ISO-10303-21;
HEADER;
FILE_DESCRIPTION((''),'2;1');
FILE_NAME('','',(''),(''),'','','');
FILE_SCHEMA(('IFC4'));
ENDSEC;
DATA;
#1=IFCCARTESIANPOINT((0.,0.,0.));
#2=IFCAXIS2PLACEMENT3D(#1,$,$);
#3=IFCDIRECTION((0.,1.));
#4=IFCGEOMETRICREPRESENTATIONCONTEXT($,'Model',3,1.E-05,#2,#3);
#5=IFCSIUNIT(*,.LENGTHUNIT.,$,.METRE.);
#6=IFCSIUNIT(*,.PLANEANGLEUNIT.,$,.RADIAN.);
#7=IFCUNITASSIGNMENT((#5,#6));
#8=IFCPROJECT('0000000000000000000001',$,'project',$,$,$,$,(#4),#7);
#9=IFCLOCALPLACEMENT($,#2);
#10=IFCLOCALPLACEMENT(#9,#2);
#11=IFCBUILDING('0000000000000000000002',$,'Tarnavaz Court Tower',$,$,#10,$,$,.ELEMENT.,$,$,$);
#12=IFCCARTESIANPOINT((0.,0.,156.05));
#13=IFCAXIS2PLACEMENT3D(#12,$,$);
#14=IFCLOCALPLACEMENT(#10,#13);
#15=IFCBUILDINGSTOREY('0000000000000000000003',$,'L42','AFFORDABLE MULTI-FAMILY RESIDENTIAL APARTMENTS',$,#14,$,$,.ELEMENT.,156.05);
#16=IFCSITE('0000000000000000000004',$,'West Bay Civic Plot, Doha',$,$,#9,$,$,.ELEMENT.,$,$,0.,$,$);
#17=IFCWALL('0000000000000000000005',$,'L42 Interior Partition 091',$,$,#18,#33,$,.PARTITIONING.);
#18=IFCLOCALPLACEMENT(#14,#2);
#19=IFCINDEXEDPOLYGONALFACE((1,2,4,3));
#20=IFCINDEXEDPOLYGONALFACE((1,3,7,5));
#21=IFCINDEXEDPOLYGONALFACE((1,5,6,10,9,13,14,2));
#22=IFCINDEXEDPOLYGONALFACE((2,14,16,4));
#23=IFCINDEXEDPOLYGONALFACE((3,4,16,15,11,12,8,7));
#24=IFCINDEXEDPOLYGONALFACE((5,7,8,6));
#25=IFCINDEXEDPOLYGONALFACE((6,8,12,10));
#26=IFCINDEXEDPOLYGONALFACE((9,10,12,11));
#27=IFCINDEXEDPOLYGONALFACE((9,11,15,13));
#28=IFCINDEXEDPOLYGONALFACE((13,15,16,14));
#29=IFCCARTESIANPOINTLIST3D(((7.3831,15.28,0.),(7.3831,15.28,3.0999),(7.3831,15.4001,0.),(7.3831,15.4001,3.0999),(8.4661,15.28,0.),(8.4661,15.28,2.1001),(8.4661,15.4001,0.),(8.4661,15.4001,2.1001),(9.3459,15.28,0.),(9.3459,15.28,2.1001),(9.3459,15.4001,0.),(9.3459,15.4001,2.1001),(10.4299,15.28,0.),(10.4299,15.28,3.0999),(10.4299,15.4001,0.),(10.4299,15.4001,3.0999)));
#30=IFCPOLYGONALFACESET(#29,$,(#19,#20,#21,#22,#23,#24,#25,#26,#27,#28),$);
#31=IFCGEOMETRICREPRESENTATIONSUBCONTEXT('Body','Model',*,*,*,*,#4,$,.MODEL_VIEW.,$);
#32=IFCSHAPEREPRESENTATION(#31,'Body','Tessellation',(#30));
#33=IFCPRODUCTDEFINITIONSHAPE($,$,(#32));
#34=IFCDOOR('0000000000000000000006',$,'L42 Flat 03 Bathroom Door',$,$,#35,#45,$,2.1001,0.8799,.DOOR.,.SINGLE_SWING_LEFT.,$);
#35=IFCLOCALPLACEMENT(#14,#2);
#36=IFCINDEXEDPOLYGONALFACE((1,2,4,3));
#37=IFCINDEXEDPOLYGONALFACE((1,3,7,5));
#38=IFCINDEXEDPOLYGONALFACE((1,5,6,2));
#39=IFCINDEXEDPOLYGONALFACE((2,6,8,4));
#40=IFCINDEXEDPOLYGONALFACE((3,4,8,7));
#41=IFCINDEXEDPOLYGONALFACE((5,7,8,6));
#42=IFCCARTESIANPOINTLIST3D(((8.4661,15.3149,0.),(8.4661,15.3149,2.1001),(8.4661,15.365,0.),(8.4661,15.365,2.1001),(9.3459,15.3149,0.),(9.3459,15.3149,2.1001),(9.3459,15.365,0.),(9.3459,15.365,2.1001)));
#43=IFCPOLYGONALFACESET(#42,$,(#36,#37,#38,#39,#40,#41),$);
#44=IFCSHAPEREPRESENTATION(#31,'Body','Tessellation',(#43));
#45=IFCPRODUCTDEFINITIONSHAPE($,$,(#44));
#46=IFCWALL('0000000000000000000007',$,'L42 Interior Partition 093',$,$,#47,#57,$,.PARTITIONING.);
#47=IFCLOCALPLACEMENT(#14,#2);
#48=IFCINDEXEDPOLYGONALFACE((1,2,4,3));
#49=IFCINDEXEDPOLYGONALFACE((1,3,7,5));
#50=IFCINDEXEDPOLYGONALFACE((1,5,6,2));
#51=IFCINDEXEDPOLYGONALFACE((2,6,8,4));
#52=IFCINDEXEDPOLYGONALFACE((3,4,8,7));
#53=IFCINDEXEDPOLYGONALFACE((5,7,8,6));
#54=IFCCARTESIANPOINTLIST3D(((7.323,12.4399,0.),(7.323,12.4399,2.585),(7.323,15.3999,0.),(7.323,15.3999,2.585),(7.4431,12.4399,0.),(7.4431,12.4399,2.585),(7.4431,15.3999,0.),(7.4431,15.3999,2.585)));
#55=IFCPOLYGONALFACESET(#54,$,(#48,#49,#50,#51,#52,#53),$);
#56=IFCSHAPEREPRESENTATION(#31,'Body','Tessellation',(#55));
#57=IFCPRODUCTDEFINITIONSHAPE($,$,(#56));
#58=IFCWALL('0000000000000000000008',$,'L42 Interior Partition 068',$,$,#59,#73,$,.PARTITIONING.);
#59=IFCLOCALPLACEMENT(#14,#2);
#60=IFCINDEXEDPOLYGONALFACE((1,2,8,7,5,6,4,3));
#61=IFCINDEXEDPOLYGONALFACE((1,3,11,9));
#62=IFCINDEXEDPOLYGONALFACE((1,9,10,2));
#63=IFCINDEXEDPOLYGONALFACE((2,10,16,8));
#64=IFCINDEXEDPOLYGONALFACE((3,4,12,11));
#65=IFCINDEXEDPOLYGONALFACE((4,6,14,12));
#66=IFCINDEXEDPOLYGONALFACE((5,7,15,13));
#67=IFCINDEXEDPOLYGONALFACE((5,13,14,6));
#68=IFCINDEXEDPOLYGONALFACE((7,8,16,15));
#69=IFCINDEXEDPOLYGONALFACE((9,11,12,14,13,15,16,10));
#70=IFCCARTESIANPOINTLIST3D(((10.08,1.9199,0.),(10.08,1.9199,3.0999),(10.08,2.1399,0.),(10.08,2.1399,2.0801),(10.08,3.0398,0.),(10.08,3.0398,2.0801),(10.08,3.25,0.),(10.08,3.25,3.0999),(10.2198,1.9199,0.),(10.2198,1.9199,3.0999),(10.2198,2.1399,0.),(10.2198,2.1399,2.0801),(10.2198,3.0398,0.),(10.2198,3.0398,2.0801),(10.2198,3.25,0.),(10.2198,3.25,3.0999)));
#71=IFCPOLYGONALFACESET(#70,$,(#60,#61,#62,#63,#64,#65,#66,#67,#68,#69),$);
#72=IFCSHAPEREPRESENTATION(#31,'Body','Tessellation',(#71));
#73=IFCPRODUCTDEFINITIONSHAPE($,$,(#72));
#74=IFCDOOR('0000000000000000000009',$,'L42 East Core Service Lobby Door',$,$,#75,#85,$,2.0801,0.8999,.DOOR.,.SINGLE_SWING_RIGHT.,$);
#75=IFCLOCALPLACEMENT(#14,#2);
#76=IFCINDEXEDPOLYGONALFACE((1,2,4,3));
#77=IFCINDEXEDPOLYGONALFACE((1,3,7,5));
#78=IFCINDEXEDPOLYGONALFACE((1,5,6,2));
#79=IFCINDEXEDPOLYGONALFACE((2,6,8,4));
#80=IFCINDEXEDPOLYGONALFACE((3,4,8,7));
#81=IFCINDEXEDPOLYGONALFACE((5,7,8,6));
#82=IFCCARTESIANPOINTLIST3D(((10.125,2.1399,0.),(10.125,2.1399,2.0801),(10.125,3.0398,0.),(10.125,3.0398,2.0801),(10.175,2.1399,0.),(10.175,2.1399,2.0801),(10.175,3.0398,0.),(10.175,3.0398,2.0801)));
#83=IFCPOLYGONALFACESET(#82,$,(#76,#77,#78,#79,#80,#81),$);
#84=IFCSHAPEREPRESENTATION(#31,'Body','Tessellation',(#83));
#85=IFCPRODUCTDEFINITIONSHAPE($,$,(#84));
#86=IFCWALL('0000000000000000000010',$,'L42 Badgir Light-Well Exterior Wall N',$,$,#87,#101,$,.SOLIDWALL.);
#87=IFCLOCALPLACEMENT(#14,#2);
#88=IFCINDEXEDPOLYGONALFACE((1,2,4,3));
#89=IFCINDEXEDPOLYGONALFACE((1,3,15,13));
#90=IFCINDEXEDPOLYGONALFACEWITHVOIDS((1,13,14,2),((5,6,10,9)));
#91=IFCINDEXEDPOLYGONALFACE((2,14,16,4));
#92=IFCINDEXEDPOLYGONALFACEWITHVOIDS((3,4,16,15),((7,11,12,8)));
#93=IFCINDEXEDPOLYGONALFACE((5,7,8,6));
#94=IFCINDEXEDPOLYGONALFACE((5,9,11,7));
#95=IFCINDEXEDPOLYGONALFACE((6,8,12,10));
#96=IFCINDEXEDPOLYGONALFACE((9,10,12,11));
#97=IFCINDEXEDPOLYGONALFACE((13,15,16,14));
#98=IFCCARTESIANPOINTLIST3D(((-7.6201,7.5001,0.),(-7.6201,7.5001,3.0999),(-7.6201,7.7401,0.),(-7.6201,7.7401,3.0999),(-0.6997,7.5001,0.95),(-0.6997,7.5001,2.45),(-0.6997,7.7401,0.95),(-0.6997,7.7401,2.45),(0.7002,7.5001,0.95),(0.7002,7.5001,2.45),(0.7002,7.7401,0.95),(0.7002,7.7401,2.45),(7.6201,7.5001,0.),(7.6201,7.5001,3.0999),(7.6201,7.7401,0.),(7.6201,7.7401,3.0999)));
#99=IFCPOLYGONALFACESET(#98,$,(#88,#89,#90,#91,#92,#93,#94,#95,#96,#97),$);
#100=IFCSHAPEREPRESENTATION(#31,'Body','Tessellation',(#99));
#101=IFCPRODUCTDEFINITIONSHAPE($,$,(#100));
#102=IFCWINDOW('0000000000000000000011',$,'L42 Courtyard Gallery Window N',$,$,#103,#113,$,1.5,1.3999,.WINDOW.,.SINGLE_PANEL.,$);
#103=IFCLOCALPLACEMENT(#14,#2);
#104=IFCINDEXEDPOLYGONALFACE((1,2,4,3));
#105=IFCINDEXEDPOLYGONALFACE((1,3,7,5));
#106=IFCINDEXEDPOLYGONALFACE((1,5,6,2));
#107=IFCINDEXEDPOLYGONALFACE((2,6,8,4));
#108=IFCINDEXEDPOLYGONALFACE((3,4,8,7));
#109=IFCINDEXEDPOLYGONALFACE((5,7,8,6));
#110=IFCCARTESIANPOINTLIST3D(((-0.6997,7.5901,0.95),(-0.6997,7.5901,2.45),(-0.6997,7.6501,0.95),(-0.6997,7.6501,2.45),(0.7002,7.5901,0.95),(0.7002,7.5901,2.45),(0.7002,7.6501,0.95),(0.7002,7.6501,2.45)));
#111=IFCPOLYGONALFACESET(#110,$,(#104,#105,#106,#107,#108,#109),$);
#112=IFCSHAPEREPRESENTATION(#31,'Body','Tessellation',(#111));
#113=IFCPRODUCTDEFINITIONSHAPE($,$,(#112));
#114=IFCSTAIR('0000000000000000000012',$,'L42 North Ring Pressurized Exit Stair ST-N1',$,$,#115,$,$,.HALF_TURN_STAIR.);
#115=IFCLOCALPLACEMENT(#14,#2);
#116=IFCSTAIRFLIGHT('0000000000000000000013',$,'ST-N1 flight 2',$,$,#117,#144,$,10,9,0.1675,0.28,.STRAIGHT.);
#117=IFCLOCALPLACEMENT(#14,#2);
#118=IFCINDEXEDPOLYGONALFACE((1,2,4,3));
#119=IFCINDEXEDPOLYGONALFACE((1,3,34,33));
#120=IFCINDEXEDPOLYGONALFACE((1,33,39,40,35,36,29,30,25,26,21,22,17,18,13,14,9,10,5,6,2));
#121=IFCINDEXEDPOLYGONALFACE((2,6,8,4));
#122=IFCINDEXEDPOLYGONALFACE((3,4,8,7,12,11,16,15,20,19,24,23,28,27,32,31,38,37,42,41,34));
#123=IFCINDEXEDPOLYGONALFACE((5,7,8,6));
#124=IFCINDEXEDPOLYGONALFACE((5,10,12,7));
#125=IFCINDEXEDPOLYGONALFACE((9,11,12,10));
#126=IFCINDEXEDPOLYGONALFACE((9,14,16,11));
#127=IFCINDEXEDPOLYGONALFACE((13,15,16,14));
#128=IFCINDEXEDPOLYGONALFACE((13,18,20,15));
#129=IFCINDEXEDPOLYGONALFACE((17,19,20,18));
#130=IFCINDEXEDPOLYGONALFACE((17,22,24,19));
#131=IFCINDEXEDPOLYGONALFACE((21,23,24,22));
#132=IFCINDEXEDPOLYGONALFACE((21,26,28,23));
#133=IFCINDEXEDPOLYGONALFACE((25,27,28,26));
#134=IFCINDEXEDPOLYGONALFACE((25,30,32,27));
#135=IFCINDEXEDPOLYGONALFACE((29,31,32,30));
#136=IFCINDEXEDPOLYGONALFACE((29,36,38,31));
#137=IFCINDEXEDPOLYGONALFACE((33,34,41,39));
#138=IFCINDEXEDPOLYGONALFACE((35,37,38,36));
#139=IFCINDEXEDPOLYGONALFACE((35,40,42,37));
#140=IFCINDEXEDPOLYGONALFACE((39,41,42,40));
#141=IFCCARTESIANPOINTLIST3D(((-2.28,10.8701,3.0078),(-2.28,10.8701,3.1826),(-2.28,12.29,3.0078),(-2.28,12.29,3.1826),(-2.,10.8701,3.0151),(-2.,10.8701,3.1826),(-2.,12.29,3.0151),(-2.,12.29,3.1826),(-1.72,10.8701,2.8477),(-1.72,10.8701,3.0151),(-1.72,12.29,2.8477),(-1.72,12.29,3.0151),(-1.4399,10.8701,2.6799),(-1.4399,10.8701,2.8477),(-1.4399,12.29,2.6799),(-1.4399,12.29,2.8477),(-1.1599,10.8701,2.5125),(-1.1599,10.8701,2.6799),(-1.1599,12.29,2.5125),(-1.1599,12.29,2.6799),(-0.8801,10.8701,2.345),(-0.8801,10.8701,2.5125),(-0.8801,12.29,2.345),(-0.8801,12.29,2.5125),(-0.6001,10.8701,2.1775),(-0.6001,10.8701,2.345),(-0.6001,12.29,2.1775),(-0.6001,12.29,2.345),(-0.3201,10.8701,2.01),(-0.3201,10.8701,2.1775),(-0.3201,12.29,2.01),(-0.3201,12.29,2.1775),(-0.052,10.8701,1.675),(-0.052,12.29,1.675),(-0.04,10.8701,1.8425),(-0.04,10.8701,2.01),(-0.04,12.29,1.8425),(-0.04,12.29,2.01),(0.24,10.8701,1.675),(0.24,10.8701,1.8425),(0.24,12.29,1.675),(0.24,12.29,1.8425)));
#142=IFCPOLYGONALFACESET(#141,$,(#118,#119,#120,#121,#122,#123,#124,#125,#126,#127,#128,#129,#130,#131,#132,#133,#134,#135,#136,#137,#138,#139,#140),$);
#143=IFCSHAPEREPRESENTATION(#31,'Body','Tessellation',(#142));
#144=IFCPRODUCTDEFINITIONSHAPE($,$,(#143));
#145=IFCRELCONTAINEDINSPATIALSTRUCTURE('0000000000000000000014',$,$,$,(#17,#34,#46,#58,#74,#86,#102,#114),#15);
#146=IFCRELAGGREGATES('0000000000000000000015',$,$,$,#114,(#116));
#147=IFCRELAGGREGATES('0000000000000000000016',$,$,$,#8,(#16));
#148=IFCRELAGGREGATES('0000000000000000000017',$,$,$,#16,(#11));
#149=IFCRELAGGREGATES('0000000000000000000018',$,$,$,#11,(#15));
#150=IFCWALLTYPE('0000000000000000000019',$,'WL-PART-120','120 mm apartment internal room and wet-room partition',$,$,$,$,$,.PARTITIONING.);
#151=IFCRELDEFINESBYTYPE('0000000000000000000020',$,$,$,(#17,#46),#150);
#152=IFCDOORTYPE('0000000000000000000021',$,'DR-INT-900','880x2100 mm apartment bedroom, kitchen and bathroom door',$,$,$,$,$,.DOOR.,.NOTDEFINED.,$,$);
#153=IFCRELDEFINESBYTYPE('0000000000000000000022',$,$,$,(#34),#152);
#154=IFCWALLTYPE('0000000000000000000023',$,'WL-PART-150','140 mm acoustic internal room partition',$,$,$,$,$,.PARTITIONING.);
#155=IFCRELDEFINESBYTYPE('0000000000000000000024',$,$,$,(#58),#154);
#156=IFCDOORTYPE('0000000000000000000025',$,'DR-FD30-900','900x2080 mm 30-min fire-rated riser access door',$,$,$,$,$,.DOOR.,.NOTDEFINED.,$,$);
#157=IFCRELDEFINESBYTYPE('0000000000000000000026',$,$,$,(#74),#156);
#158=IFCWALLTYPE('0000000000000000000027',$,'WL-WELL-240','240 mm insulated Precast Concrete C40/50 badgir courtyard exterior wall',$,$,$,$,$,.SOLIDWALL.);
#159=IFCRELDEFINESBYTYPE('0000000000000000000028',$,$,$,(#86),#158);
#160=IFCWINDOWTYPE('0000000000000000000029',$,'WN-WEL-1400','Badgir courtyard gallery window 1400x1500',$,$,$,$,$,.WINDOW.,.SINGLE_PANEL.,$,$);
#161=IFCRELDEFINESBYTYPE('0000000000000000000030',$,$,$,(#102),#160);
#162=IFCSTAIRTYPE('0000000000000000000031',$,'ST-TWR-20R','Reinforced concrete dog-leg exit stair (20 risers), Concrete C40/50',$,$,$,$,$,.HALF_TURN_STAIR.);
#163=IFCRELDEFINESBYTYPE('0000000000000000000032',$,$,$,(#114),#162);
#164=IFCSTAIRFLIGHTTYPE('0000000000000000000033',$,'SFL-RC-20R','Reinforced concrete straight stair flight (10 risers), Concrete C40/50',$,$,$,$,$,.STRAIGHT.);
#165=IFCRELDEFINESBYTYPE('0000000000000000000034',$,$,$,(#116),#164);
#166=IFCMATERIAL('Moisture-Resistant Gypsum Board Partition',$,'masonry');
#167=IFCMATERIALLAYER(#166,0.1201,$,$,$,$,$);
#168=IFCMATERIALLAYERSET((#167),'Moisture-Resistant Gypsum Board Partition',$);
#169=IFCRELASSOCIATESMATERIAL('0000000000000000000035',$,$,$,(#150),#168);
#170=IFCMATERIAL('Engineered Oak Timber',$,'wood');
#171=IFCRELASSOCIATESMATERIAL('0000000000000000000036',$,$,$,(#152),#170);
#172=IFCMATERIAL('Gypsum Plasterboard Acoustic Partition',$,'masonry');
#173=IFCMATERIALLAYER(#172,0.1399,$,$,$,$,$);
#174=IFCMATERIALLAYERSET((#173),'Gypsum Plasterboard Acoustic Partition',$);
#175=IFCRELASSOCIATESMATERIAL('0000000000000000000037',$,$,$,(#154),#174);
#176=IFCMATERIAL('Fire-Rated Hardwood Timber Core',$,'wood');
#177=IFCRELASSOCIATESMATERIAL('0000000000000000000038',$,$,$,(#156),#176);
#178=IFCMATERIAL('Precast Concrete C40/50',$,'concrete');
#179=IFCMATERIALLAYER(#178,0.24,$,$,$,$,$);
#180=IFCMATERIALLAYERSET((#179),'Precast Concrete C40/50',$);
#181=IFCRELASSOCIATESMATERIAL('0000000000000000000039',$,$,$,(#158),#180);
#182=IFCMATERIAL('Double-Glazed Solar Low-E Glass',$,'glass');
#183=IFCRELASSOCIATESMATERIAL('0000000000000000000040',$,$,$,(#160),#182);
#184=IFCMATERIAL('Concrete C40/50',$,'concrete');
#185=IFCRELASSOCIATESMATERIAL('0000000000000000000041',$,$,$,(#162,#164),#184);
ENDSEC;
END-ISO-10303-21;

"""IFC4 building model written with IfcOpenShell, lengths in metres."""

from ifc_helpers import new_model, si_unit, direction, frame, frame_2d, origin, place, context, subcontext, project, spatial, polyline, rectangle, outline, extrude, material, layer, layer_set, type_object, element, fill, aggregate, save


model = new_model("IFC4")

# Units and contexts
model_context = context("Model", 3, precision=1e-05, world=origin(), true_north=direction((0.0, 1.0)))
body_context = subcontext(model_context, "Body", "Model", "MODEL_VIEW")
ifc_project = project(units=[si_unit("LENGTHUNIT", "METRE"), si_unit("PLANEANGLEUNIT", "RADIAN")], contexts=[model_context])

# Site, building, storey
site_placement = place(None, origin())
site = spatial("IfcSite", under=ifc_project, at=site_placement, Name="West Bay Civic Plot, Doha", CompositionType="ELEMENT", RefElevation=0.0)
building_placement = place(site_placement, origin())
building = spatial("IfcBuilding", under=site, at=building_placement, Name="Tarnavaz Court Tower", CompositionType="ELEMENT")
storey_placement = place(building_placement, frame((0.0, 0.0, 156.05)))
storey = spatial("IfcBuildingStorey", under=building, at=storey_placement, Name="L42", Description="AFFORDABLE MULTI-FAMILY RESIDENTIAL APARTMENTS", CompositionType="ELEMENT", Elevation=156.05)

# Shared definitions
ifc_material_1 = material(Name="Fire-Rated Hardwood Timber Core", Category="wood")

# Wall, opening, door
ifc_material_2 = material(Name="Moisture-Resistant Gypsum Board Partition", Category="masonry")
ifc_layer_1 = layer(ifc_material_2, 0.1201)
ifc_layer_set_1 = layer_set([ifc_layer_1], Name="Moisture-Resistant Gypsum Board Partition")
wall_type_1 = type_object("IfcWallType", Name="WL-PART-120", Description="120 mm apartment internal room and wet-room partition", PredefinedType="PARTITIONING", material=ifc_layer_set_1)
ifc_material_3 = material(Name="Engineered Oak Timber", Category="wood")
door_type_1 = type_object("IfcDoorType", Name="DR-INT-900", Description="880x2100 mm apartment bedroom, kitchen and bathroom door", OperationType="NOTDEFINED", PredefinedType="DOOR", material=ifc_material_3)
wall_1_placement = place(storey_placement, frame((7.3831, 15.3401, 0.0), z_axis=(0.0, 0.0, 1.0), x_axis=(1.0, 0.0, 0.0)))
wall_1 = element("IfcWall", 1, at=wall_1_placement, inside=storey, type_object=wall_type_1, Name="L42 Interior Partition 091", PredefinedType="PARTITIONING", context=body_context, shape_type="SweptSolid", body=[
    extrude(rectangle(XDim=3.0469, YDim=0.1201, at=frame_2d((1.5234, 0.0))), origin(), (0.0, 0.0, 1.0), 3.0999),
])
opening_1_placement = place(wall_1_placement, frame((1.083, 0.0, 0.0)))
opening_1 = element("IfcOpeningElement", 2, at=opening_1_placement, cuts=wall_1, PredefinedType="OPENING", context=body_context, shape_type="SweptSolid", body=[
    extrude(rectangle(XDim=0.8799, YDim=2.1001, at=frame_2d((0.4399, 1.05))), frame((0.0, 0.0701, 0.0), z_axis=(0.0, -1.0, 0.0), x_axis=(1.0, 0.0, 0.0)), (0.0, 0.0, 1.0), 0.1401),
])
door_1_placement = place(opening_1_placement, origin())
door_1 = element("IfcDoor", 3, at=door_1_placement, inside=storey, type_object=door_type_1, Name="L42 Flat 03 Bathroom Door", OperationType="SINGLE_SWING_LEFT", OverallHeight=2.1001, OverallWidth=0.8799, PredefinedType="DOOR", context=body_context, shape_type="SweptSolid", body=[
    extrude(rectangle(XDim=0.8799, YDim=2.1001, at=frame_2d((0.4399, 1.05))), frame((0.0, 0.0249, 0.0), z_axis=(0.0, -1.0, 0.0), x_axis=(1.0, 0.0, 0.0)), (0.0, 0.0, 1.0), 0.05),
])
fill(opening_1, door_1)

# Wall
wall_2_placement = place(storey_placement, frame((7.3831, 12.4399, 0.0), z_axis=(0.0, 0.0, 1.0), x_axis=(0.0, 1.0, 0.0)))
element("IfcWall", 4, at=wall_2_placement, inside=storey, type_object=wall_type_1, Name="L42 Interior Partition 093", PredefinedType="PARTITIONING", context=body_context, shape_type="SweptSolid", body=[
    extrude(rectangle(XDim=2.96, YDim=0.1201, at=frame_2d((1.48, 0.0))), origin(), (0.0, 0.0, 1.0), 2.585),
])

# Wall, opening, door
ifc_material_4 = material(Name="Gypsum Plasterboard Acoustic Partition", Category="masonry")
ifc_layer_2 = layer(ifc_material_4, 0.1399)
ifc_layer_set_2 = layer_set([ifc_layer_2], Name="Gypsum Plasterboard Acoustic Partition")
wall_type_2 = type_object("IfcWallType", Name="WL-PART-150", Description="140 mm acoustic internal room partition", PredefinedType="PARTITIONING", material=ifc_layer_set_2)
wall_3_placement = place(storey_placement, frame((10.1499, 1.9199, 0.0), z_axis=(0.0, 0.0, 1.0), x_axis=(0.0, 1.0, 0.0)))
wall_3 = element("IfcWall", 5, at=wall_3_placement, inside=storey, type_object=wall_type_2, Name="L42 Interior Partition 068", PredefinedType="PARTITIONING", context=body_context, shape_type="SweptSolid", body=[
    extrude(rectangle(XDim=1.3301, YDim=0.1399, at=frame_2d((0.665, 0.0))), origin(), (0.0, 0.0, 1.0), 3.0999),
])
opening_2_placement = place(wall_3_placement, frame((0.22, 0.0, 0.0)))
opening_2 = element("IfcOpeningElement", 6, at=opening_2_placement, cuts=wall_3, PredefinedType="OPENING", context=body_context, shape_type="SweptSolid", body=[
    extrude(rectangle(XDim=0.8999, YDim=2.0801, at=frame_2d((0.45, 1.04))), frame((0.0, 0.0798, 0.0), z_axis=(0.0, -1.0, 0.0), x_axis=(1.0, 0.0, 0.0)), (0.0, 0.0, 1.0), 0.1599),
])
door_type_2 = type_object("IfcDoorType", Name="DR-FD30-900", Description="900x2080 mm 30-min fire-rated riser access door", OperationType="NOTDEFINED", PredefinedType="DOOR", material=ifc_material_1)
door_2_placement = place(opening_2_placement, origin())
door_2 = element("IfcDoor", 7, at=door_2_placement, inside=storey, type_object=door_type_2, Name="L42 East Core Service Lobby Door", OperationType="SINGLE_SWING_RIGHT", OverallHeight=2.0801, OverallWidth=0.8999, PredefinedType="DOOR", context=body_context, shape_type="SweptSolid", body=[
    extrude(rectangle(XDim=0.8999, YDim=2.0801, at=frame_2d((0.45, 1.04))), frame((0.0, 0.0249, 0.0), z_axis=(0.0, -1.0, 0.0), x_axis=(1.0, 0.0, 0.0)), (0.0, 0.0, 1.0), 0.05),
])
fill(opening_2, door_2)

# Wall, opening, window
ifc_material_5 = material(Name="Precast Concrete C40/50", Category="concrete")
ifc_layer_3 = layer(ifc_material_5, 0.24)
ifc_layer_set_3 = layer_set([ifc_layer_3], Name="Precast Concrete C40/50")
wall_type_3 = type_object("IfcWallType", Name="WL-WELL-240", Description="240 mm insulated Precast Concrete C40/50 badgir courtyard exterior wall", PredefinedType="SOLIDWALL", material=ifc_layer_set_3)
wall_4_placement = place(storey_placement, frame((7.6201, 7.6201, 0.0), z_axis=(0.0, 0.0, 1.0), x_axis=(-1.0, 0.0, 0.0)))
wall_4 = element("IfcWall", 8, at=wall_4_placement, inside=storey, type_object=wall_type_3, Name="L42 Badgir Light-Well Exterior Wall N", PredefinedType="SOLIDWALL", context=body_context, shape_type="SweptSolid", body=[
    extrude(rectangle(XDim=15.2402, YDim=0.24, at=frame_2d((7.6201, 0.0))), origin(), (0.0, 0.0, 1.0), 3.0999),
])
opening_3_placement = place(wall_4_placement, frame((6.9199, 0.0, 0.95)))
opening_3 = element("IfcOpeningElement", 9, at=opening_3_placement, cuts=wall_4, PredefinedType="OPENING", context=body_context, shape_type="SweptSolid", body=[
    extrude(rectangle(XDim=1.3999, YDim=1.5, at=frame_2d((0.7, 0.75))), frame((0.0, 0.1299, 0.0), z_axis=(0.0, -1.0, 0.0), x_axis=(1.0, 0.0, 0.0)), (0.0, 0.0, 1.0), 0.26),
])
ifc_material_6 = material(Name="Double-Glazed Solar Low-E Glass", Category="glass")
window_type = type_object("IfcWindowType", Name="WN-WEL-1400", Description="Badgir courtyard gallery window 1400x1500", PartitioningType="SINGLE_PANEL", PredefinedType="WINDOW", material=ifc_material_6)
window_placement = place(opening_3_placement, origin())
window = element("IfcWindow", 10, at=window_placement, inside=storey, type_object=window_type, Name="L42 Courtyard Gallery Window N", OverallHeight=1.5, OverallWidth=1.3999, PartitioningType="SINGLE_PANEL", PredefinedType="WINDOW", context=body_context, shape_type="SweptSolid", body=[
    extrude(rectangle(XDim=1.3999, YDim=1.5, at=frame_2d((0.7, 0.75))), frame((0.0, 0.03, 0.0), z_axis=(0.0, -1.0, 0.0), x_axis=(1.0, 0.0, 0.0)), (0.0, 0.0, 1.0), 0.0601),
])
fill(opening_3, window)

# Stair, stair flight
ifc_material_7 = material(Name="Concrete C40/50", Category="concrete")
stair_type = type_object("IfcStairType", Name="ST-TWR-20R", Description="Reinforced concrete dog-leg exit stair (20 risers), Concrete C40/50", PredefinedType="HALF_TURN_STAIR", material=ifc_material_7)
stair_placement = place(storey_placement, origin())
stair = element("IfcStair", 11, at=stair_placement, inside=storey, type_object=stair_type, Name="L42 North Ring Pressurized Exit Stair ST-N1", PredefinedType="HALF_TURN_STAIR")
stair_flight_type = type_object("IfcStairFlightType", Name="SFL-RC-20R", Description="Reinforced concrete straight stair flight (10 risers), Concrete C40/50", PredefinedType="STRAIGHT", material=ifc_material_7)
stair_flight_placement = place(storey_placement, frame((0.24, 11.5801, 1.675), z_axis=(0.0, 0.0, 1.0), x_axis=(-1.0, 0.0, 0.0)))
stair_flight = element("IfcStairFlight", 12, at=stair_flight_placement, type_object=stair_flight_type, Name="ST-N1 flight 2", NumberOfRisers=10, NumberOfTreads=9, PredefinedType="STRAIGHT", RiserHeight=0.1675, TreadLength=0.28, context=body_context, shape_type="SweptSolid", body=[
    extrude(outline(polyline([(0.0, 0.0), (0.0, 0.1675), (0.28, 0.1675), (0.28, 0.335), (0.5601, 0.335), (0.5601, 0.5024), (0.8401, 0.5024), (0.8401, 0.6699), (1.1201, 0.6699), (1.1201, 0.8374), (1.3999, 0.8374), (1.3999, 1.0049), (1.6799, 1.0049), (1.6799, 1.1726), (1.96, 1.1726), (1.96, 1.3401), (2.24, 1.3401), (2.24, 1.5076), (2.52, 1.5076), (2.52, 1.675), (2.52, 1.3328), (0.292, 0.0), (0.0, 0.0)])), frame((0.0, 0.71, 0.0), z_axis=(0.0, -1.0, 0.0), x_axis=(1.0, 0.0, 0.0)), (0.0, 0.0, 1.0), 1.4199),
])
aggregate(stair, [stair_flight])

save(model, "model.ifc")
